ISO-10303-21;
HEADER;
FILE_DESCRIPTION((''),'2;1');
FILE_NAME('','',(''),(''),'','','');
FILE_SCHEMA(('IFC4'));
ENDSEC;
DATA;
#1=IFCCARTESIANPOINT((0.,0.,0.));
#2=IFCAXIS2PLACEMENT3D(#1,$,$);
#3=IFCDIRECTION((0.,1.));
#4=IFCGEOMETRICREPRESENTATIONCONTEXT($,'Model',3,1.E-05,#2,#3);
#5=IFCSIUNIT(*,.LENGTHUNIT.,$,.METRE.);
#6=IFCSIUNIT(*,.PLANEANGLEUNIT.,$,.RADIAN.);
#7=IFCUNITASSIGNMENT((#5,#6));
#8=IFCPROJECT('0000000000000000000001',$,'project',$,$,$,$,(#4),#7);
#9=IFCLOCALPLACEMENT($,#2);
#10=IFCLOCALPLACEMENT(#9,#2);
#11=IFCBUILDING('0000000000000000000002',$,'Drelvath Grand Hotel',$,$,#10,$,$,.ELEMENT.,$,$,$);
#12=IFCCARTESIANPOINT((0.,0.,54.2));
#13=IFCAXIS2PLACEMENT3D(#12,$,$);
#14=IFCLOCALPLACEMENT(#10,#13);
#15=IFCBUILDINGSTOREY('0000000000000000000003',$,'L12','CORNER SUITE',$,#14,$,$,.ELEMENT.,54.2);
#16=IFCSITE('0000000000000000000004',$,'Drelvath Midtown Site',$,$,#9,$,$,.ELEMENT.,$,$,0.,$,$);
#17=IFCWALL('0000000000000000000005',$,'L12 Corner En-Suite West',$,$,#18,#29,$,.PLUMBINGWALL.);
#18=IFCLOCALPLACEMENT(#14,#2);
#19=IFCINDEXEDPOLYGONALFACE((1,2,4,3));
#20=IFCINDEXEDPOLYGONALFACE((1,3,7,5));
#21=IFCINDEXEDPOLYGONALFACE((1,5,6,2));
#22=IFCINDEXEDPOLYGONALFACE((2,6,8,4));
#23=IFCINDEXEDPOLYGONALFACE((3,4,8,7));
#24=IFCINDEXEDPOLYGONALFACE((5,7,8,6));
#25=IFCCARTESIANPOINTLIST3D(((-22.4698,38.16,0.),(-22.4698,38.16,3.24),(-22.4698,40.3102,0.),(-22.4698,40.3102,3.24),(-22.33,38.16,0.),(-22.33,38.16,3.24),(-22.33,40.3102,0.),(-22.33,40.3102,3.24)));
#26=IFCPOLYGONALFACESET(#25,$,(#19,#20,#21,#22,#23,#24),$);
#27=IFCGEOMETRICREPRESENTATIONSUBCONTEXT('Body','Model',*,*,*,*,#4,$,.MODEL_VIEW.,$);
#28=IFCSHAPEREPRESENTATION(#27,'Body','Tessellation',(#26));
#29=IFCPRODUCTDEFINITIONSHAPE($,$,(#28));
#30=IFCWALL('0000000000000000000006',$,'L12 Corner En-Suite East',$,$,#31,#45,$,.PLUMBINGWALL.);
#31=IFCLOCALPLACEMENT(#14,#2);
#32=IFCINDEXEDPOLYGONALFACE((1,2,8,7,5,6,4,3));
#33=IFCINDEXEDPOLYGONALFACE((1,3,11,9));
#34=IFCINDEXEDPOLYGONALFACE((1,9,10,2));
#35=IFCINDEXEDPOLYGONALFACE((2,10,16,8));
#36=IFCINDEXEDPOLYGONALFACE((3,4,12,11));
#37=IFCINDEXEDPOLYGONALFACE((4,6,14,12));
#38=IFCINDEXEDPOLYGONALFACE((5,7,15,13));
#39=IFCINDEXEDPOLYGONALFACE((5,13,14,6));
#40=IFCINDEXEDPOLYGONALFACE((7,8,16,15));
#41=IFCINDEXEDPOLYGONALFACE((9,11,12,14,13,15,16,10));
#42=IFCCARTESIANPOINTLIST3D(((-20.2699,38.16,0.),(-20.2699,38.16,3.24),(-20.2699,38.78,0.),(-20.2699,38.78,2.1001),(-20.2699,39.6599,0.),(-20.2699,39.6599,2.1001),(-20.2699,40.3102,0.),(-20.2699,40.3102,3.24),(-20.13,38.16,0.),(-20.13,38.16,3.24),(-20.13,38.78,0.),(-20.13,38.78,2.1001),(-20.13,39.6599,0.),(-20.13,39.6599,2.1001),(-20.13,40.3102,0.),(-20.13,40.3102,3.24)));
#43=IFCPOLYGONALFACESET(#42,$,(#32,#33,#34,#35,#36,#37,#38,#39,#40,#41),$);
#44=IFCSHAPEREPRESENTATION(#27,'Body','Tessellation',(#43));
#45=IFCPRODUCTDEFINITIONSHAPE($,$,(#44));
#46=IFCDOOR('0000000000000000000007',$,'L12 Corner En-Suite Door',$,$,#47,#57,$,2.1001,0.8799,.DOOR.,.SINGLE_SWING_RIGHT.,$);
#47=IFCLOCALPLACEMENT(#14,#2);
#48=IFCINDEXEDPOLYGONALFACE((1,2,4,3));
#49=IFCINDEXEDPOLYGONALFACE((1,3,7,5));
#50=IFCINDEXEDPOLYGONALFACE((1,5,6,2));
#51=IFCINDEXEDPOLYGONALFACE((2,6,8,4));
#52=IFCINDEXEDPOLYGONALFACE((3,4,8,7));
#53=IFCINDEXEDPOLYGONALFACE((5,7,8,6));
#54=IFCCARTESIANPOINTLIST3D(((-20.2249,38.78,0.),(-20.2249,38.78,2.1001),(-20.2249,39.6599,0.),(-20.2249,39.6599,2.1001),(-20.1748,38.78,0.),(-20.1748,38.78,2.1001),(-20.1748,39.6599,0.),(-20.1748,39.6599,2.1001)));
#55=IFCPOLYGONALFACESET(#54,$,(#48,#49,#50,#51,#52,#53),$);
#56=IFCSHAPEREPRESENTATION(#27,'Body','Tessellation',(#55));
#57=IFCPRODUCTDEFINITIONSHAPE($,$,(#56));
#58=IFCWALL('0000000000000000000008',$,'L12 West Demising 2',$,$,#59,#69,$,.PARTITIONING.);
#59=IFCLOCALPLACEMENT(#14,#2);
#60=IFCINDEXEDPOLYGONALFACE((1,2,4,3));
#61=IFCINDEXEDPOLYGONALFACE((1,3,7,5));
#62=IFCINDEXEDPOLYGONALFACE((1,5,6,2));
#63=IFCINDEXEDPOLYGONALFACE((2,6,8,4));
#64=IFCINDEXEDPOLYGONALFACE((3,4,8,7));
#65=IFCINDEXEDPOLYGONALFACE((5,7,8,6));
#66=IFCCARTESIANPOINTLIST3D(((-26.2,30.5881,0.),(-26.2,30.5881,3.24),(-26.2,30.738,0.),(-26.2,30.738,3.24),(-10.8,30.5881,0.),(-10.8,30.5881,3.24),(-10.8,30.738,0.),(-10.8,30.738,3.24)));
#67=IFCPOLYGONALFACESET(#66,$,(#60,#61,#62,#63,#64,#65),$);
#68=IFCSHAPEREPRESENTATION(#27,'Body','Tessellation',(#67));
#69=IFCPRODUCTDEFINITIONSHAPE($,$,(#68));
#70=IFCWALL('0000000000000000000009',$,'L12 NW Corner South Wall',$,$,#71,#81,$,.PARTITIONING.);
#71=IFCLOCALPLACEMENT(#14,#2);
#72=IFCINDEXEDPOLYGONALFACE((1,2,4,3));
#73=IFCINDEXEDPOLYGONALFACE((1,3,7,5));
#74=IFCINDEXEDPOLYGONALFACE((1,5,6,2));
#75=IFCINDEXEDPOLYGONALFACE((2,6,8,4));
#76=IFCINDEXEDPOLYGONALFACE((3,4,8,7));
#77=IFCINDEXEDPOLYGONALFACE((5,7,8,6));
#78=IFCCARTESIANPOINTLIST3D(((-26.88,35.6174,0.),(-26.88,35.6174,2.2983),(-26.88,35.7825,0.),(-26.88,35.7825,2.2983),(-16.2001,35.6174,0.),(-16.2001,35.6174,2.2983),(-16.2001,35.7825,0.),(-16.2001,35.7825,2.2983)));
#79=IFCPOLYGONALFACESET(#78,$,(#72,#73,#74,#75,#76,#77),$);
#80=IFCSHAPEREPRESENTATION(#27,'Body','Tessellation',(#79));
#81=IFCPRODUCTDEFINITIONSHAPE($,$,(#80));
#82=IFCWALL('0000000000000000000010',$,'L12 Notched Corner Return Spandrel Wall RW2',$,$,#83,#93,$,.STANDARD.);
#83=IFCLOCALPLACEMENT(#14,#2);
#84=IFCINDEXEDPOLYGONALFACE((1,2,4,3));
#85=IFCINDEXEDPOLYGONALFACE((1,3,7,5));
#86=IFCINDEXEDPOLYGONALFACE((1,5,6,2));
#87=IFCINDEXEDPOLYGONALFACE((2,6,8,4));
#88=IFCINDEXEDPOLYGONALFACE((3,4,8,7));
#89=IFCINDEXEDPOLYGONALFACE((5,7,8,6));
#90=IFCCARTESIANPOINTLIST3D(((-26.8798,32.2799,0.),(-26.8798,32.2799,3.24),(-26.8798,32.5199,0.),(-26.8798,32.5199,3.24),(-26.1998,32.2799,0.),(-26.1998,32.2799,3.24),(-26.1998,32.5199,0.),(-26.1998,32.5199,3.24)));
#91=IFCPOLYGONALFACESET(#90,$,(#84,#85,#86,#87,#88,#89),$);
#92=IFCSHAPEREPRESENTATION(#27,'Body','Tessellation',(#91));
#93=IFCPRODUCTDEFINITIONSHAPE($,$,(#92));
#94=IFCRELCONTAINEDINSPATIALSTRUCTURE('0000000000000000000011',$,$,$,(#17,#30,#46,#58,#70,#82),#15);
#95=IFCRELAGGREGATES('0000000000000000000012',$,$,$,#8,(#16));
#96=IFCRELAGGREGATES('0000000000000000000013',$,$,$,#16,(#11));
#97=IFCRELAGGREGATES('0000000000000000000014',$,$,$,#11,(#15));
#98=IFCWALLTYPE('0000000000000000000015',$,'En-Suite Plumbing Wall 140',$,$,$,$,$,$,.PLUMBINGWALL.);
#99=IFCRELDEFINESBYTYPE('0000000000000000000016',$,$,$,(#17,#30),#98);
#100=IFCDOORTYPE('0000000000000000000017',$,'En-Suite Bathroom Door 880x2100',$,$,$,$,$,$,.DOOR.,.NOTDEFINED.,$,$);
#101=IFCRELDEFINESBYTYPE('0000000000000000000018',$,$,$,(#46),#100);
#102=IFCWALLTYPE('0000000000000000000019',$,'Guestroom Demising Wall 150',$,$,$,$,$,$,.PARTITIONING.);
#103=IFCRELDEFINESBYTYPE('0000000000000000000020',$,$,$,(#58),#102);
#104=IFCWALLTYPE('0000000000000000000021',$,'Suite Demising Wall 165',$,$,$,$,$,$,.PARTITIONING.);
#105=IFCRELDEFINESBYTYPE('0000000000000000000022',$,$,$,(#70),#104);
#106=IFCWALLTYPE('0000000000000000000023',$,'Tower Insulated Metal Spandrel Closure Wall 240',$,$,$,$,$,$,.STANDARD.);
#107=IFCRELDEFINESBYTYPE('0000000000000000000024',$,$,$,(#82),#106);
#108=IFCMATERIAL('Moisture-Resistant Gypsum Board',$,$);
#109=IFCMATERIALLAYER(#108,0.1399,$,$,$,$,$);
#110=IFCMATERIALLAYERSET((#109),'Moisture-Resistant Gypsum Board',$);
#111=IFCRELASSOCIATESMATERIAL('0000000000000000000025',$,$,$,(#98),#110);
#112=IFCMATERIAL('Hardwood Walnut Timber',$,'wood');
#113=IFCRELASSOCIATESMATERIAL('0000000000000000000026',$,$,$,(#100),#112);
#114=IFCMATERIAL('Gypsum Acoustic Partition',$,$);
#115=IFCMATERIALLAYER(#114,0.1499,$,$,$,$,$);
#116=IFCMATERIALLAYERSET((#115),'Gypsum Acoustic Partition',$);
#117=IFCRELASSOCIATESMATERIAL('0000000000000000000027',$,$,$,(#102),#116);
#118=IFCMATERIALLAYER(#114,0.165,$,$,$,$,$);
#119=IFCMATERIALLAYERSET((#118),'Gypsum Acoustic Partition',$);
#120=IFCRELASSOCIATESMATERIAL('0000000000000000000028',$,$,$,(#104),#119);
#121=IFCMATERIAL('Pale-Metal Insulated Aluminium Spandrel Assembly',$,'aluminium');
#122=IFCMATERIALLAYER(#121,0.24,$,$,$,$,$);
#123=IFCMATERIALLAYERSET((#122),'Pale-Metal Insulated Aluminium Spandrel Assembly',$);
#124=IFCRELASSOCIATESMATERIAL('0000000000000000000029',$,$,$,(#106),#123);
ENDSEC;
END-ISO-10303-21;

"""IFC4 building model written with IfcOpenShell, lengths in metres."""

from ifc_helpers import new_model, si_unit, direction, frame, frame_2d, origin, place, context, subcontext, project, spatial, rectangle, extrude, material, layer, layer_set, type_object, element, fill, save


model = new_model("IFC4")

# Units and contexts
model_context = context("Model", 3, precision=1e-05, world=origin(), true_north=direction((0.0, 1.0)))
body_context = subcontext(model_context, "Body", "Model", "MODEL_VIEW")
ifc_project = project(units=[si_unit("LENGTHUNIT", "METRE"), si_unit("PLANEANGLEUNIT", "RADIAN")], contexts=[model_context])

# Site, building, storey
site_placement = place(None, origin())
site = spatial("IfcSite", under=ifc_project, at=site_placement, Name="Drelvath Midtown Site", CompositionType="ELEMENT", RefElevation=0.0)
building_placement = place(site_placement, origin())
building = spatial("IfcBuilding", under=site, at=building_placement, Name="Drelvath Grand Hotel", CompositionType="ELEMENT")
storey_placement = place(building_placement, frame((0.0, 0.0, 54.2)))
storey = spatial("IfcBuildingStorey", under=building, at=storey_placement, Name="L12", Description="CORNER SUITE", CompositionType="ELEMENT", Elevation=54.2)

# Shared definitions
ifc_material_1 = material(Name="Hardwood Walnut Timber", Category="wood")

# Wall
ifc_material_2 = material(Name="Moisture-Resistant Gypsum Board")
ifc_layer_1 = layer(ifc_material_2, 0.1399)
ifc_layer_set_1 = layer_set([ifc_layer_1], Name="Moisture-Resistant Gypsum Board")
wall_type_1 = type_object("IfcWallType", Name="En-Suite Plumbing Wall 140", PredefinedType="PLUMBINGWALL", material=ifc_layer_set_1)
wall_1_placement = place(storey_placement, frame((-22.3999, 38.1599, 0.0), z_axis=(0.0, 0.0, 1.0), x_axis=(0.0, 1.0, 0.0)))
element("IfcWall", 1, at=wall_1_placement, inside=storey, type_object=wall_type_1, Name="L12 Corner En-Suite West", PredefinedType="PLUMBINGWALL", context=body_context, shape_type="SweptSolid", body=[
    extrude(rectangle(XDim=2.1501, YDim=0.1399, at=frame_2d((1.0752, 0.0))), origin(), (0.0, 0.0, 1.0), 3.24),
])

# Wall, opening, door
wall_2_placement = place(storey_placement, frame((-20.2, 38.1599, 0.0), z_axis=(0.0, 0.0, 1.0), x_axis=(0.0, 1.0, 0.0)))
wall_2 = element("IfcWall", 2, at=wall_2_placement, inside=storey, type_object=wall_type_1, Name="L12 Corner En-Suite East", PredefinedType="PLUMBINGWALL", context=body_context, shape_type="SweptSolid", body=[
    extrude(rectangle(XDim=2.1501, YDim=0.1399, at=frame_2d((1.0752, 0.0))), origin(), (0.0, 0.0, 1.0), 3.24),
])
opening_1_placement = place(wall_2_placement, frame((0.6201, 0.0, 0.0)))
opening_1 = element("IfcOpeningElement", 3, at=opening_1_placement, cuts=wall_2, PredefinedType="OPENING", context=body_context, shape_type="SweptSolid", body=[
    extrude(rectangle(XDim=0.8799, YDim=2.1001, at=frame_2d((0.4399, 1.05))), frame((0.0, 0.0798, 0.0), z_axis=(0.0, -1.0, 0.0), x_axis=(1.0, 0.0, 0.0)), (0.0, 0.0, 1.0), 0.1599),
])
door_type_1 = type_object("IfcDoorType", Name="En-Suite Bathroom Door 880x2100", OperationType="NOTDEFINED", PredefinedType="DOOR", material=ifc_material_1)
door_1_placement = place(opening_1_placement, origin())
door_1 = element("IfcDoor", 4, at=door_1_placement, inside=storey, type_object=door_type_1, Name="L12 Corner En-Suite Door", OperationType="SINGLE_SWING_RIGHT", OverallHeight=2.1001, OverallWidth=0.8799, PredefinedType="DOOR", context=body_context, shape_type="SweptSolid", body=[
    extrude(rectangle(XDim=0.8799, YDim=2.1001, at=frame_2d((0.4399, 1.05))), frame((0.0, 0.0249, 0.0), z_axis=(0.0, -1.0, 0.0), x_axis=(1.0, 0.0, 0.0)), (0.0, 0.0, 1.0), 0.05),
])
fill(opening_1, door_1)

# Walls
ifc_material_3 = material(Name="Gypsum Acoustic Partition")
ifc_layer_2 = layer(ifc_material_3, 0.1499)
ifc_layer_set_2 = layer_set([ifc_layer_2], Name="Gypsum Acoustic Partition")
wall_type_2 = type_object("IfcWallType", Name="Guestroom Demising Wall 150", PredefinedType="PARTITIONING", material=ifc_layer_set_2)
wall_3_placement = place(storey_placement, frame((-26.2, 30.6631, 0.0), z_axis=(0.0, 0.0, 1.0), x_axis=(1.0, 0.0, 0.0)))
element("IfcWall", 5, at=wall_3_placement, inside=storey, type_object=wall_type_2, Name="L12 West Demising 2", PredefinedType="PARTITIONING", context=body_context, shape_type="SweptSolid", body=[
    extrude(rectangle(XDim=15.3999, YDim=0.1499, at=frame_2d((7.7, 0.0))), origin(), (0.0, 0.0, 1.0), 3.24),
])
ifc_layer_3 = layer(ifc_material_3, 0.165)
ifc_layer_set_3 = layer_set([ifc_layer_3], Name="Gypsum Acoustic Partition")
wall_type_3 = type_object("IfcWallType", Name="Suite Demising Wall 165", PredefinedType="PARTITIONING", material=ifc_layer_set_3)
wall_4_placement = place(storey_placement, frame((-26.8799, 35.7, 0.0), z_axis=(0.0, 0.0, 1.0), x_axis=(1.0, 0.0, 0.0)))
element("IfcWall", 6, at=wall_4_placement, inside=storey, type_object=wall_type_3, Name="L12 NW Corner South Wall", PredefinedType="PARTITIONING", context=body_context, shape_type="SweptSolid", body=[
    extrude(rectangle(XDim=10.6799, YDim=0.165, at=frame_2d((5.3398, 0.0))), origin(), (0.0, 0.0, 1.0), 2.2983),
])
ifc_material_4 = material(Name="Pale-Metal Insulated Aluminium Spandrel Assembly", Category="aluminium")
ifc_layer_4 = layer(ifc_material_4, 0.24)
ifc_layer_set_4 = layer_set([ifc_layer_4], Name="Pale-Metal Insulated Aluminium Spandrel Assembly")
wall_type_4 = type_object("IfcWallType", Name="Tower Insulated Metal Spandrel Closure Wall 240", PredefinedType="STANDARD", material=ifc_layer_set_4)
wall_5_placement = place(storey_placement, frame((-26.2, 32.3999, 0.0), z_axis=(0.0, 0.0, 1.0), x_axis=(-1.0, 0.0, 0.0)))
element("IfcWall", 7, at=wall_5_placement, inside=storey, type_object=wall_type_4, Name="L12 Notched Corner Return Spandrel Wall RW2", PredefinedType="STANDARD", context=body_context, shape_type="SweptSolid", body=[
    extrude(rectangle(XDim=0.6799, YDim=0.24, at=frame_2d((0.3398, 0.0))), origin(), (0.0, 0.0, 1.0), 3.24),
])

save(model, "model.ifc")
